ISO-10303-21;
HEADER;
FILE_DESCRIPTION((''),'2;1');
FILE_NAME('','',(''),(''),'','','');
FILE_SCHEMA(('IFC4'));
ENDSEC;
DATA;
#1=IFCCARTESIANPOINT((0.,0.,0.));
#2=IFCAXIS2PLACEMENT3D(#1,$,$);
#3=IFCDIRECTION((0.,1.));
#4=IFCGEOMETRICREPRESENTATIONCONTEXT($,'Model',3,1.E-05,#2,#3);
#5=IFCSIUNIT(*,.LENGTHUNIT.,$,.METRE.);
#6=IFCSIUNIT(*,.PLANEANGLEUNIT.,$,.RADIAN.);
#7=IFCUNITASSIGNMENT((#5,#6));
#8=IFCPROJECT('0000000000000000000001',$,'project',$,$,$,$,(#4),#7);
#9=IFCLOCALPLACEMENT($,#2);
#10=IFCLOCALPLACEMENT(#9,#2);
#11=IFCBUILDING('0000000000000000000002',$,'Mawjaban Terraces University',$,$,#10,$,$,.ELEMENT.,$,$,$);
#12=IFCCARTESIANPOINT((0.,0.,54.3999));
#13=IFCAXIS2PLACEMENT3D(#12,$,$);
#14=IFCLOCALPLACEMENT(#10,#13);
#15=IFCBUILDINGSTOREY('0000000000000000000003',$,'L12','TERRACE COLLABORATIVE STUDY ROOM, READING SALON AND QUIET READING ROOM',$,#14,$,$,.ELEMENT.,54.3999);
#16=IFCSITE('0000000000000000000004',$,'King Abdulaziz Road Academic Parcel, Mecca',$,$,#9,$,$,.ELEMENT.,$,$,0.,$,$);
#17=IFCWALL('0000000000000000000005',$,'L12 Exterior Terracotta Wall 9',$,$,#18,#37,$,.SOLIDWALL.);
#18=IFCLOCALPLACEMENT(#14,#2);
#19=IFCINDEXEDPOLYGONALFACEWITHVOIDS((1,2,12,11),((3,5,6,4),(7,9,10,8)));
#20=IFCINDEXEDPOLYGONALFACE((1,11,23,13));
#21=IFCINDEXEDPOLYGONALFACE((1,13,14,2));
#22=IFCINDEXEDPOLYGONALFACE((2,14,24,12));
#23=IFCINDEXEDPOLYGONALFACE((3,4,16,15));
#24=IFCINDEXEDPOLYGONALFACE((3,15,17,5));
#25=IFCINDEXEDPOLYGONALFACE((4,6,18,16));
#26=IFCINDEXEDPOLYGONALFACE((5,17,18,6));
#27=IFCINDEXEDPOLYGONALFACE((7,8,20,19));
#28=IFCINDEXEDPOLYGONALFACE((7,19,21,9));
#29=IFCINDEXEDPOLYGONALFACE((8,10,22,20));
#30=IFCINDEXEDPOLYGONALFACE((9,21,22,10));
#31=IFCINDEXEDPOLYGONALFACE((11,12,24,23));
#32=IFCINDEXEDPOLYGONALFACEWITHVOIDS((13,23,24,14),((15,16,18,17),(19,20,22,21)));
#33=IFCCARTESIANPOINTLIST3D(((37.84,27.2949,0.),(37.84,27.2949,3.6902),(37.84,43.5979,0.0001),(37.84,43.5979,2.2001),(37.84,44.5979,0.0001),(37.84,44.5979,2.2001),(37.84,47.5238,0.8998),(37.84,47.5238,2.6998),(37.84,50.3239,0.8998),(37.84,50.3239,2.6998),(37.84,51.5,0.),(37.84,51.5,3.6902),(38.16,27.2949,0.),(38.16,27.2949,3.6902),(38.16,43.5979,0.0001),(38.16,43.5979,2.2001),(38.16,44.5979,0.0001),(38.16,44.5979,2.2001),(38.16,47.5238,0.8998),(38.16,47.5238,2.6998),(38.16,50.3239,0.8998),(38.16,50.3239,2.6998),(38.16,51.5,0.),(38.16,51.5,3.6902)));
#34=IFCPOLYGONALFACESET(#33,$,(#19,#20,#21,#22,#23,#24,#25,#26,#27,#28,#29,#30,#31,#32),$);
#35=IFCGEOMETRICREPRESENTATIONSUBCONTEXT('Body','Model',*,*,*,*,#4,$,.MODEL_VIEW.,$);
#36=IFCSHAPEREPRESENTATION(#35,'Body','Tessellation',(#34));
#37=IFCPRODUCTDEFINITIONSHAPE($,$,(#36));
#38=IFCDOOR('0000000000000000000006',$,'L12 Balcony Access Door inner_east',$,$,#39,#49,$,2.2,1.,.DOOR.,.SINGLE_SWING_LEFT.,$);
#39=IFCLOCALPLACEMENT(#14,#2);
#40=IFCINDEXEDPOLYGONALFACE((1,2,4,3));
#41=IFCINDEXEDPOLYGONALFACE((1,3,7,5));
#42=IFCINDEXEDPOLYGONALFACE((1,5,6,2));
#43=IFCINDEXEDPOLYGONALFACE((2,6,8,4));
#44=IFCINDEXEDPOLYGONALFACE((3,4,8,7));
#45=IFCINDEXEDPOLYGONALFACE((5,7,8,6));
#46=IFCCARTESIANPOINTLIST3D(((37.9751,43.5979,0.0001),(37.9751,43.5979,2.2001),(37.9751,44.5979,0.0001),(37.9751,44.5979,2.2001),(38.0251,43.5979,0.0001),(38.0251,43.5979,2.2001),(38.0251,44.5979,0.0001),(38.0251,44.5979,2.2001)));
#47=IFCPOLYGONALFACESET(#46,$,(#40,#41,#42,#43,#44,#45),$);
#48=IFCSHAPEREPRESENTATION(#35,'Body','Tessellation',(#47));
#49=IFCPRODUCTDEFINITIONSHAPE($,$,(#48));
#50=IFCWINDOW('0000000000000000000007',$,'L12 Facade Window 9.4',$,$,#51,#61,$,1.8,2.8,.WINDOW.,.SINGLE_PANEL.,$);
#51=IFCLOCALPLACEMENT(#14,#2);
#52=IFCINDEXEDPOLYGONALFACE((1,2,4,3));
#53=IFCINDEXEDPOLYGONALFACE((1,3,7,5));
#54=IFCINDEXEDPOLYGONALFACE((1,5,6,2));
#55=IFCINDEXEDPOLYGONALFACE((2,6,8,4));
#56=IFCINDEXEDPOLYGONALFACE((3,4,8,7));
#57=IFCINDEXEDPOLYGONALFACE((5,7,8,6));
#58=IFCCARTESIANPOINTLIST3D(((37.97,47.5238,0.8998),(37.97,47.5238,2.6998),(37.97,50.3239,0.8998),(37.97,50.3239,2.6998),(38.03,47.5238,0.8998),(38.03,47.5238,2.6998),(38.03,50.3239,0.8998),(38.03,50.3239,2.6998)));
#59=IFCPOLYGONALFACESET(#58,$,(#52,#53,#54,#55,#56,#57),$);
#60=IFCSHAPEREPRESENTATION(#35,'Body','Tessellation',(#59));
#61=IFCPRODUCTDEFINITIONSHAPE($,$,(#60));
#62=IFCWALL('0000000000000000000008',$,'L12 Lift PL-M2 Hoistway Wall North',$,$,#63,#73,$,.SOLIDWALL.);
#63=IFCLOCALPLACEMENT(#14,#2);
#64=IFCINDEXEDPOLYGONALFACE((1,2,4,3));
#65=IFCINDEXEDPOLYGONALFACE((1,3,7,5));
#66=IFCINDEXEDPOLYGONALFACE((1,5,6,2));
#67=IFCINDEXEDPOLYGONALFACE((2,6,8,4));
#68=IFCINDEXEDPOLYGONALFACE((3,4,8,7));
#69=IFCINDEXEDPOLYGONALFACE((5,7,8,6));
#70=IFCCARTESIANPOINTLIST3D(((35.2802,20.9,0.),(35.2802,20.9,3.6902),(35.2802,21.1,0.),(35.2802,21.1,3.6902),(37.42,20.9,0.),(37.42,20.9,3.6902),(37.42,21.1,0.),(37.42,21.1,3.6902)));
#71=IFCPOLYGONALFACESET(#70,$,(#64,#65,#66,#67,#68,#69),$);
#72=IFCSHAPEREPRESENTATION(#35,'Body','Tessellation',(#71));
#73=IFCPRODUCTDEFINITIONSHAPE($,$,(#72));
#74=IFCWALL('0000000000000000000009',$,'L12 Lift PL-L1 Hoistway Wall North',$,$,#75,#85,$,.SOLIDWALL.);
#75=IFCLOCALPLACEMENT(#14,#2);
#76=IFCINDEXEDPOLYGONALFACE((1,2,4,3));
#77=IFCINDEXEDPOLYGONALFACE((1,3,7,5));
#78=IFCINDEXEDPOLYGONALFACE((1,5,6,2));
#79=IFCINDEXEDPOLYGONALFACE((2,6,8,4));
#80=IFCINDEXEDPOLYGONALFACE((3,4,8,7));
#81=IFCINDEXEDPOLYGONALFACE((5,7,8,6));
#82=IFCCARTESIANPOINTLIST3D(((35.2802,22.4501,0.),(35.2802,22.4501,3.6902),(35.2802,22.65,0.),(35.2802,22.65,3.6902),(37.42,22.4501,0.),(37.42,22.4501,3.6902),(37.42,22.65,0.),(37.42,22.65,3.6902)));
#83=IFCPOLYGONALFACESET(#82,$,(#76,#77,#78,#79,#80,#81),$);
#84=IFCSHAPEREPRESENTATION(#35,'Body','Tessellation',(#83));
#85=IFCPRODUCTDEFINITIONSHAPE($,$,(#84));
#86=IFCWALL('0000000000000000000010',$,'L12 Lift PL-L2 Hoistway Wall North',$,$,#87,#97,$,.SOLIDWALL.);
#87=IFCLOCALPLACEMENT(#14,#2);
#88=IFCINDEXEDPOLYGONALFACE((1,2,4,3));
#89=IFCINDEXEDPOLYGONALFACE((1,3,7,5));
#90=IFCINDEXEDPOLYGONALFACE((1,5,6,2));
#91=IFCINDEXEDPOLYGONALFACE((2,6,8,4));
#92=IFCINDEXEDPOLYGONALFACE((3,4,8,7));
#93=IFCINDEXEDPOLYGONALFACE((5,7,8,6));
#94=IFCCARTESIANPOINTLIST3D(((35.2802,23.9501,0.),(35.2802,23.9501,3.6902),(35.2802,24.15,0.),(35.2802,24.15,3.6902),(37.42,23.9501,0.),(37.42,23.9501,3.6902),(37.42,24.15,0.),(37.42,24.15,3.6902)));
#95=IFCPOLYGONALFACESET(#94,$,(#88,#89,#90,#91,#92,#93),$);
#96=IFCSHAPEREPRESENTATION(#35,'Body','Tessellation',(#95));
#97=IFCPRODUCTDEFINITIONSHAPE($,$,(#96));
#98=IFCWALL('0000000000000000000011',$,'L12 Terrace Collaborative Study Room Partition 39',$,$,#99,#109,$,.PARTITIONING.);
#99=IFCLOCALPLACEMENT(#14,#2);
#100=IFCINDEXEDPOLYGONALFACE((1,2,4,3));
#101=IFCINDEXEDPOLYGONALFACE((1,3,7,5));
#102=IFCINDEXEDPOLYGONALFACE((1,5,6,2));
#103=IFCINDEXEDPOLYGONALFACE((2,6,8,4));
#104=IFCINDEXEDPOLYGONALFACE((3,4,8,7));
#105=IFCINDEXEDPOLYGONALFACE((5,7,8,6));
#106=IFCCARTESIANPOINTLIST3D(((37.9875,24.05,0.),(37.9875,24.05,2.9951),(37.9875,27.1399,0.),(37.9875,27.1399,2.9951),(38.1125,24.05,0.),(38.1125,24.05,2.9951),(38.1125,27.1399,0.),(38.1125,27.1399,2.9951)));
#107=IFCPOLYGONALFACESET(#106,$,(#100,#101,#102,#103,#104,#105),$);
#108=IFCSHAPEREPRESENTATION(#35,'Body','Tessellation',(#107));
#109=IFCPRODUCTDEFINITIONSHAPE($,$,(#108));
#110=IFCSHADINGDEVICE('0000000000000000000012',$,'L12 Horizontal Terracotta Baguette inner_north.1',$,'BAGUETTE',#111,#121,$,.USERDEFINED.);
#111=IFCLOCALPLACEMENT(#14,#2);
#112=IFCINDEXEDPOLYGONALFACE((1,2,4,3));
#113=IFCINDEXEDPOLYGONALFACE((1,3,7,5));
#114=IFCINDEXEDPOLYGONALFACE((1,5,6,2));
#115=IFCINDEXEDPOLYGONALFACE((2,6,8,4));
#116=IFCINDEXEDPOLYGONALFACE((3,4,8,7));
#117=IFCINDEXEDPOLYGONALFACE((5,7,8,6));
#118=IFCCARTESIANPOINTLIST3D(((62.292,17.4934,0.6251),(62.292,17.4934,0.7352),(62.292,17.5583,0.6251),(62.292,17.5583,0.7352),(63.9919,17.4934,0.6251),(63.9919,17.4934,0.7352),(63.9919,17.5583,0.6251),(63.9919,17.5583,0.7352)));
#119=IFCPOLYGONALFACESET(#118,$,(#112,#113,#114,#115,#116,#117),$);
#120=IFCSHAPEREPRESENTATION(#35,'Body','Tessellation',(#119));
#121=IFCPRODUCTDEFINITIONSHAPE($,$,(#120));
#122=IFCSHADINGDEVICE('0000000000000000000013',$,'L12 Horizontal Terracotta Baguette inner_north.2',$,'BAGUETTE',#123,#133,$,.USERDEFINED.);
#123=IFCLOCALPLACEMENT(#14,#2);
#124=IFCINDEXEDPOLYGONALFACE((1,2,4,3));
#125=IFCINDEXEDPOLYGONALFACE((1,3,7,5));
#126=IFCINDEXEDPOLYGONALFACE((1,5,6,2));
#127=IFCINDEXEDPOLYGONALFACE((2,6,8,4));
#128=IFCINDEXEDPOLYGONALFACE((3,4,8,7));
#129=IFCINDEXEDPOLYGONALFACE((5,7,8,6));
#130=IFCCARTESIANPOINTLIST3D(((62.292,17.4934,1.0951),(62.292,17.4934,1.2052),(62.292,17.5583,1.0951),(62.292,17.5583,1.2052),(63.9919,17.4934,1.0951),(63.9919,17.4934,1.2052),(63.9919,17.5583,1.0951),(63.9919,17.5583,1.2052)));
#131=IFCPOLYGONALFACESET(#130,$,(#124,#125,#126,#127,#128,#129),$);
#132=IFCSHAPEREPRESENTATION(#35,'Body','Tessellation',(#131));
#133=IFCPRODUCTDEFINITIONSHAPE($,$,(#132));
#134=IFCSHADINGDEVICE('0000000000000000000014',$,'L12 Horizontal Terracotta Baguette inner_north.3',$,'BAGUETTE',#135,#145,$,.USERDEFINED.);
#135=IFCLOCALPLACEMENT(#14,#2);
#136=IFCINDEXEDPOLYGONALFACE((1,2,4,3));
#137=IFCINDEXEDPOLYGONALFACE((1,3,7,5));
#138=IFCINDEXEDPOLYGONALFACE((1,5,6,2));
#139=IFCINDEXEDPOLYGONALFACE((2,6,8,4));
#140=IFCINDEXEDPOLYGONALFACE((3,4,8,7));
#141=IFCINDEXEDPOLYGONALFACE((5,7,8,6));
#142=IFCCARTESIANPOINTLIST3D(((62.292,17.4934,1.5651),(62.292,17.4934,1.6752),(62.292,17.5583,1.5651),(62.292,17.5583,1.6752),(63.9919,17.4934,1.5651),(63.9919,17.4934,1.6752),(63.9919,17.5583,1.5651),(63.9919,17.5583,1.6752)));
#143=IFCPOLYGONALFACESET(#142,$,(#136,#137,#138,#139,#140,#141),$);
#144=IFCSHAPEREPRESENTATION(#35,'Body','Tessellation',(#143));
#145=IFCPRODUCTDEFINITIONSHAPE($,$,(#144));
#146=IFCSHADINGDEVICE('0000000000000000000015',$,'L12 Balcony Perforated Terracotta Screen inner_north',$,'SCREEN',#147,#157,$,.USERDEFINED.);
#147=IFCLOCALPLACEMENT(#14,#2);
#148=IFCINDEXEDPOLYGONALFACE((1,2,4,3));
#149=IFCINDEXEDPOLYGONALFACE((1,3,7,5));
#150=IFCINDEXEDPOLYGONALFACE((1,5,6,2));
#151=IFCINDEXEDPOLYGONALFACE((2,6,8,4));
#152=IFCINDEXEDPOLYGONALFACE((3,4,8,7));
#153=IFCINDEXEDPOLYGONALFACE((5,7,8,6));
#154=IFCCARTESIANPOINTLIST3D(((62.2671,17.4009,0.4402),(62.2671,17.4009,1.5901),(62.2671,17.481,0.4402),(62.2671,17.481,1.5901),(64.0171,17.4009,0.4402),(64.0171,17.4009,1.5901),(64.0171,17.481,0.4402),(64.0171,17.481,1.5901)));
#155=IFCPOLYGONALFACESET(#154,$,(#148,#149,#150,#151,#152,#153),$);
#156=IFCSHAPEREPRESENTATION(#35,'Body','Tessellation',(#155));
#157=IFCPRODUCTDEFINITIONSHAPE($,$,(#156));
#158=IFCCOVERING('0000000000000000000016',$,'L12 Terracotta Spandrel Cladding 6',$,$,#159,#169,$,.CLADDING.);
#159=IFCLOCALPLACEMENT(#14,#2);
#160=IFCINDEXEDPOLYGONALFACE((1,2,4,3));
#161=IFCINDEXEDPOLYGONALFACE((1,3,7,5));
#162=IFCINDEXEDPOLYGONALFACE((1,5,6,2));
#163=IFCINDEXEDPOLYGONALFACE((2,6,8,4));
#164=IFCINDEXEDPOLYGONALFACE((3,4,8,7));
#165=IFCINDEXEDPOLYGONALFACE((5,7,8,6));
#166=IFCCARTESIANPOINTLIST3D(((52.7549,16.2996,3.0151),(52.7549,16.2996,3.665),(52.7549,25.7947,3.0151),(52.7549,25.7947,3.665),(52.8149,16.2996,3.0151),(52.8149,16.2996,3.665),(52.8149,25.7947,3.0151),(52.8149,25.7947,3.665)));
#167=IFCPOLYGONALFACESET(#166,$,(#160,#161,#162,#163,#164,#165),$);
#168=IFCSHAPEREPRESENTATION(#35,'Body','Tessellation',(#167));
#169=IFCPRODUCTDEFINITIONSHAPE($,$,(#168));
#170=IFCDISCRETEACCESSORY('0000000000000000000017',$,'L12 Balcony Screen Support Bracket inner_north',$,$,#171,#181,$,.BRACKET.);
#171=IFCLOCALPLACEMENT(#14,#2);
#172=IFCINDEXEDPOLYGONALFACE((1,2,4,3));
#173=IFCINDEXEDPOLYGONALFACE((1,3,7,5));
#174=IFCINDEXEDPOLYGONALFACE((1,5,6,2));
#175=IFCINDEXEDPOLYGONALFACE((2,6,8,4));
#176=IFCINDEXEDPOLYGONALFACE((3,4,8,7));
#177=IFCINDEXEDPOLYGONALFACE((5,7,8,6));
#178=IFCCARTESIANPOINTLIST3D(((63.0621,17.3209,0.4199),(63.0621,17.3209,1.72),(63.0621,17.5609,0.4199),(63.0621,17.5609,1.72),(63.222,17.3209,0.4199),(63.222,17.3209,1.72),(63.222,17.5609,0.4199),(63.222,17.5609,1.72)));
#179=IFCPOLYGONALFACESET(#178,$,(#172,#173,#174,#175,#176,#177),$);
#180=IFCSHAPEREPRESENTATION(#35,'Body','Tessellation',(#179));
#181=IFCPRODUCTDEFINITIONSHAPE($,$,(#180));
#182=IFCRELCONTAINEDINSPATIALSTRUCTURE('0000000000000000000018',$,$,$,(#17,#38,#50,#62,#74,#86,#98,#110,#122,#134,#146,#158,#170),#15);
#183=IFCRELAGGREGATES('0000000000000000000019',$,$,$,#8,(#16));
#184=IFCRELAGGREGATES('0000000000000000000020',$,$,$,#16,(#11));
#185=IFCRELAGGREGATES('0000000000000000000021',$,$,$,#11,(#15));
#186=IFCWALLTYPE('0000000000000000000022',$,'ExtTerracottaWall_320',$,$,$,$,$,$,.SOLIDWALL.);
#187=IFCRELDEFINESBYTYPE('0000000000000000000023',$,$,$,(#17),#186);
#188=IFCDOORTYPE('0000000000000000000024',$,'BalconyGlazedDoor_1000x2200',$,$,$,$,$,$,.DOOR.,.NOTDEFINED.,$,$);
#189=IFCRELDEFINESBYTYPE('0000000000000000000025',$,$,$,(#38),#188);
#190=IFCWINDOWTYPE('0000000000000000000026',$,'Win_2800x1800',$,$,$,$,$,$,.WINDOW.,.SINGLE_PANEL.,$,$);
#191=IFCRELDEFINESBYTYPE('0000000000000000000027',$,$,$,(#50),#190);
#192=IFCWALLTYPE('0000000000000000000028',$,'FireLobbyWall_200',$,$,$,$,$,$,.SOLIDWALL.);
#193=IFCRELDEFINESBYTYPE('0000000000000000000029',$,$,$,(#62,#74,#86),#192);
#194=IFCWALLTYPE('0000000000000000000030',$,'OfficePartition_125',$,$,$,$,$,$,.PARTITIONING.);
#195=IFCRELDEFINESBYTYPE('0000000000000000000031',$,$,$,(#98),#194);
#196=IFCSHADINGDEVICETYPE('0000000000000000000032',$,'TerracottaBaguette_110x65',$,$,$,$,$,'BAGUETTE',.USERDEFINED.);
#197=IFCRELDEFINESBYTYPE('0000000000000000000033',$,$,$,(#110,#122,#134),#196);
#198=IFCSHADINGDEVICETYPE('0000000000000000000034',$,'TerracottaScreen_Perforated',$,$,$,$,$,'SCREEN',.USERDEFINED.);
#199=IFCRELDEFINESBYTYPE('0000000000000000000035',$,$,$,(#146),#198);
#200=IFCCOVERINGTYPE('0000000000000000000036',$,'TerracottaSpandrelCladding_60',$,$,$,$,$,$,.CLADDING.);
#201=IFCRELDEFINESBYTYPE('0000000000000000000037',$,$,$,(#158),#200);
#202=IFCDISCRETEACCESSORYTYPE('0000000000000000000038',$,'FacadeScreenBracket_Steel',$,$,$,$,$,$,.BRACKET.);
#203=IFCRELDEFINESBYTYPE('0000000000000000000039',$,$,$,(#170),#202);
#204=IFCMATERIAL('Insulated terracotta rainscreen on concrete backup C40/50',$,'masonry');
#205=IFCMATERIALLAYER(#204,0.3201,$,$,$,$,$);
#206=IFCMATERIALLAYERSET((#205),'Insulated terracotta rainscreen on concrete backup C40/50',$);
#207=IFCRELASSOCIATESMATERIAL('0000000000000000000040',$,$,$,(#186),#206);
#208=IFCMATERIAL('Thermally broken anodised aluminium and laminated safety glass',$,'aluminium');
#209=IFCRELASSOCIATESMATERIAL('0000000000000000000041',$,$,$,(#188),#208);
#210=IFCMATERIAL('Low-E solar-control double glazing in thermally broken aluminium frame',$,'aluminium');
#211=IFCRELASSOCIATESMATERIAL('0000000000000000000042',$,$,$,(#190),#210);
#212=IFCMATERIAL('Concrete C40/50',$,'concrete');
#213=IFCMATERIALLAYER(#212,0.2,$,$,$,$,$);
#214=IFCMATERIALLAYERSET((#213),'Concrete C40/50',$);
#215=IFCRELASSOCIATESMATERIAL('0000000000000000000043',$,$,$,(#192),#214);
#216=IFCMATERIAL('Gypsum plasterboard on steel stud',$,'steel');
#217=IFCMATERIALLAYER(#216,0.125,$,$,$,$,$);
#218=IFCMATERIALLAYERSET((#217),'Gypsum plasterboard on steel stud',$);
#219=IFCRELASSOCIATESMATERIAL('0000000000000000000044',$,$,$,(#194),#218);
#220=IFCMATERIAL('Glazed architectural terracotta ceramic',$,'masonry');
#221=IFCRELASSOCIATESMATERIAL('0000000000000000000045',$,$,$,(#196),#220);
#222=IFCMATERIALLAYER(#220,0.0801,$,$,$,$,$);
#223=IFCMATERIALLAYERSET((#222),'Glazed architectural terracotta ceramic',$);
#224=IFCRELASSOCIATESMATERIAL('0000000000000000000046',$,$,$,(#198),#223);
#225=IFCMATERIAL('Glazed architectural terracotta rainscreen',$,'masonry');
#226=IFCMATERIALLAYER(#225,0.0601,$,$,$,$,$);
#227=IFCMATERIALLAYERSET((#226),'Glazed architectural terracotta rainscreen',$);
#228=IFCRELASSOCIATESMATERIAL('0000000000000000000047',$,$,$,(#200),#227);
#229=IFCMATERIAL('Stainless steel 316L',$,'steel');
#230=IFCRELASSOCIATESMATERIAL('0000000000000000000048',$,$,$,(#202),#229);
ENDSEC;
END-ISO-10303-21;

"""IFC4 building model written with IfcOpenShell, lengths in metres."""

from ifc_helpers import new_model, si_unit, direction, frame, frame_2d, origin, origin_2d, place, context, subcontext, project, spatial, rectangle, extrude, material, layer, layer_set, material_profile, profile_set, type_object, element, fill, save


model = new_model("IFC4")

# Units and contexts
model_context = context("Model", 3, precision=1e-05, world=origin(), true_north=direction((0.0, 1.0)))
body_context = subcontext(model_context, "Body", "Model", "MODEL_VIEW")
ifc_project = project(units=[si_unit("LENGTHUNIT", "METRE"), si_unit("PLANEANGLEUNIT", "RADIAN")], contexts=[model_context])

# Site, building, storey
site_placement = place(None, origin())
site = spatial("IfcSite", under=ifc_project, at=site_placement, Name="King Abdulaziz Road Academic Parcel, Mecca", CompositionType="ELEMENT", RefElevation=0.0)
building_placement = place(site_placement, origin())
building = spatial("IfcBuilding", under=site, at=building_placement, Name="Mawjaban Terraces University", CompositionType="ELEMENT")
storey_placement = place(building_placement, frame((0.0, 0.0, 54.3999)))
storey = spatial("IfcBuildingStorey", under=building, at=storey_placement, Name="L12", Description="TERRACE COLLABORATIVE STUDY ROOM, READING SALON AND QUIET READING ROOM", CompositionType="ELEMENT", Elevation=54.3999)

# Shared definitions
ifc_material_1 = material(Name="Insulated terracotta rainscreen on concrete backup C40/50", Category="masonry")
ifc_layer_1 = layer(ifc_material_1, 0.3201)
ifc_layer_set_1 = layer_set([ifc_layer_1], Name="Insulated terracotta rainscreen on concrete backup C40/50")
wall_type_1 = type_object("IfcWallType", Name="ExtTerracottaWall_320", PredefinedType="SOLIDWALL", material=ifc_layer_set_1)

# Wall, openings, door, window
wall_1_placement = place(storey_placement, frame((38.0, 27.2949, 0.0), z_axis=(0.0, 0.0, 1.0), x_axis=(0.0, 1.0, 0.0)))
wall_1 = element("IfcWall", 1, at=wall_1_placement, inside=storey, type_object=wall_type_1, Name="L12 Exterior Terracotta Wall 9", PredefinedType="SOLIDWALL", context=body_context, shape_type="SweptSolid", body=[
    extrude(rectangle(XDim=24.2051, YDim=0.3201, at=frame_2d((12.1025, 0.0))), origin(), (0.0, 0.0, 1.0), 3.6902),
])
opening_1_placement = place(wall_1_placement, frame((16.303, 0.0, 0.0)))
opening_1 = element("IfcOpeningElement", 2, at=opening_1_placement, cuts=wall_1, PredefinedType="OPENING", context=body_context, shape_type="SweptSolid", body=[
    extrude(rectangle(XDim=1.0, YDim=2.2, at=frame_2d((0.5, 1.1001))), frame((0.0, 0.1699, 0.0), z_axis=(0.0, -1.0, 0.0), x_axis=(1.0, 0.0, 0.0)), (0.0, 0.0, 1.0), 0.3401),
])
opening_2_placement = place(wall_1_placement, frame((20.229, 0.0, 0.8999)))
opening_2 = element("IfcOpeningElement", 3, at=opening_2_placement, cuts=wall_1, PredefinedType="OPENING", context=body_context, shape_type="SweptSolid", body=[
    extrude(rectangle(XDim=2.8, YDim=1.8, at=frame_2d((1.3999, 0.8999))), frame((0.0, 0.1699, 0.0), z_axis=(0.0, -1.0, 0.0), x_axis=(1.0, 0.0, 0.0)), (0.0, 0.0, 1.0), 0.3401),
])
ifc_material_2 = material(Name="Thermally broken anodised aluminium and laminated safety glass", Category="aluminium")
door_type = type_object("IfcDoorType", Name="BalconyGlazedDoor_1000x2200", OperationType="NOTDEFINED", PredefinedType="DOOR", material=ifc_material_2)
door_placement = place(opening_1_placement, origin())
door = element("IfcDoor", 4, at=door_placement, inside=storey, type_object=door_type, Name="L12 Balcony Access Door inner_east", OperationType="SINGLE_SWING_LEFT", OverallHeight=2.2, OverallWidth=1.0, PredefinedType="DOOR", context=body_context, shape_type="SweptSolid", body=[
    extrude(rectangle(XDim=1.0, YDim=2.2, at=frame_2d((0.5, 1.1001))), frame((0.0, 0.0249, 0.0), z_axis=(0.0, -1.0, 0.0), x_axis=(1.0, 0.0, 0.0)), (0.0, 0.0, 1.0), 0.05),
])
fill(opening_1, door)
ifc_material_3 = material(Name="Low-E solar-control double glazing in thermally broken aluminium frame", Category="aluminium")
window_type = type_object("IfcWindowType", Name="Win_2800x1800", PartitioningType="SINGLE_PANEL", PredefinedType="WINDOW", material=ifc_material_3)
window_placement = place(opening_2_placement, origin())
window = element("IfcWindow", 5, at=window_placement, inside=storey, type_object=window_type, Name="L12 Facade Window 9.4", OverallHeight=1.8, OverallWidth=2.8, PartitioningType="SINGLE_PANEL", PredefinedType="WINDOW", context=body_context, shape_type="SweptSolid", body=[
    extrude(rectangle(XDim=2.8, YDim=1.8, at=frame_2d((1.3999, 0.8999))), frame((0.0, 0.03, 0.0), z_axis=(0.0, -1.0, 0.0), x_axis=(1.0, 0.0, 0.0)), (0.0, 0.0, 1.0), 0.0601),
])
fill(opening_2, window)

# Walls
ifc_material_4 = material(Name="Concrete C40/50", Category="concrete")
ifc_layer_2 = layer(ifc_material_4, 0.2)
ifc_layer_set_2 = layer_set([ifc_layer_2], Name="Concrete C40/50")
wall_type_2 = type_object("IfcWallType", Name="FireLobbyWall_200", PredefinedType="SOLIDWALL", material=ifc_layer_set_2)
for number, where, z_axis, x_axis, name in (
    (6, (37.4199, 21.0, 0.0), (0.0, 0.0, 1.0), (-1.0, 0.0, 0.0), "L12 Lift PL-M2 Hoistway Wall North"),
    (7, (37.4199, 22.55, 0.0), (0.0, 0.0, 1.0), (-1.0, 0.0, 0.0), "L12 Lift PL-L1 Hoistway Wall North"),
    (8, (37.4199, 24.05, 0.0), (0.0, 0.0, 1.0), (-1.0, 0.0, 0.0), "L12 Lift PL-L2 Hoistway Wall North"),
):
    element("IfcWall", number, at=place(storey_placement, frame(where, z_axis=z_axis, x_axis=x_axis)), inside=storey, type_object=wall_type_2, Name=name, PredefinedType="SOLIDWALL", context=body_context, shape_type="SweptSolid", body=[
        extrude(rectangle(XDim=2.1399, YDim=0.2, at=frame_2d((1.0698, 0.0))), origin(), (0.0, 0.0, 1.0), 3.6902),
    ])
ifc_material_5 = material(Name="Gypsum plasterboard on steel stud", Category="steel")
ifc_layer_3 = layer(ifc_material_5, 0.125)
ifc_layer_set_3 = layer_set([ifc_layer_3], Name="Gypsum plasterboard on steel stud")
wall_type_3 = type_object("IfcWallType", Name="OfficePartition_125", PredefinedType="PARTITIONING", material=ifc_layer_set_3)
wall_2_placement = place(storey_placement, frame((38.05, 27.1399, 0.0), z_axis=(0.0, 0.0, 1.0), x_axis=(0.0, -1.0, 0.0)))
element("IfcWall", 9, at=wall_2_placement, inside=storey, type_object=wall_type_3, Name="L12 Terrace Collaborative Study Room Partition 39", PredefinedType="PARTITIONING", context=body_context, shape_type="SweptSolid", body=[
    extrude(rectangle(XDim=3.0898, YDim=0.125, at=frame_2d((1.5449, 0.0))), origin(), (0.0, 0.0, 1.0), 2.9951),
])

# Shading devices
ifc_material_6 = material(Name="Glazed architectural terracotta ceramic", Category="masonry")
ifc_material_profile_1 = material_profile(ifc_material_6, rectangle(XDim=0.0649, YDim=0.1101, at=origin_2d()), Name="TBAG110X65")
ifc_profile_set_1 = profile_set([ifc_material_profile_1], Name="Glazed architectural terracotta ceramic")
shading_device_type_1 = type_object("IfcShadingDeviceType", Name="TerracottaBaguette_110x65", ElementType="BAGUETTE", PredefinedType="USERDEFINED", material=ifc_profile_set_1)
for number, where, z_axis, x_axis, name in (
    (10, (62.292, 17.5259, 0.6802), (1.0, 0.0, 0.0), (0.0, 1.0, 0.0), "L12 Horizontal Terracotta Baguette inner_north.1"),
    (11, (62.292, 17.5259, 1.1501), (1.0, 0.0, 0.0), (0.0, 1.0, 0.0), "L12 Horizontal Terracotta Baguette inner_north.2"),
    (12, (62.292, 17.5259, 1.6201), (1.0, 0.0, 0.0), (0.0, 1.0, 0.0), "L12 Horizontal Terracotta Baguette inner_north.3"),
):
    element("IfcShadingDevice", number, at=place(storey_placement, frame(where, z_axis=z_axis, x_axis=x_axis)), inside=storey, type_object=shading_device_type_1, Name=name, ObjectType="BAGUETTE", PredefinedType="USERDEFINED", context=body_context, shape_type="SweptSolid", body=[
        extrude(rectangle(XDim=0.0649, YDim=0.1101, at=origin_2d()), origin(), (0.0, 0.0, 1.0), 1.7),
    ])
ifc_layer_4 = layer(ifc_material_6, 0.0801)
ifc_layer_set_4 = layer_set([ifc_layer_4], Name="Glazed architectural terracotta ceramic")
shading_device_type_2 = type_object("IfcShadingDeviceType", Name="TerracottaScreen_Perforated", ElementType="SCREEN", PredefinedType="USERDEFINED", material=ifc_layer_set_4)
shading_device_placement = place(storey_placement, frame((63.1421, 17.4409, 0.4402), z_axis=(0.0, 0.0, 1.0), x_axis=(1.0, 0.0, 0.0)))
element("IfcShadingDevice", 13, at=shading_device_placement, inside=storey, type_object=shading_device_type_2, Name="L12 Balcony Perforated Terracotta Screen inner_north", ObjectType="SCREEN", PredefinedType="USERDEFINED", context=body_context, shape_type="SweptSolid", body=[
    extrude(rectangle(XDim=1.75, YDim=0.0801, at=origin_2d()), origin(), (0.0, 0.0, 1.0), 1.1499),
])

# Covering
ifc_material_7 = material(Name="Glazed architectural terracotta rainscreen", Category="masonry")
ifc_layer_5 = layer(ifc_material_7, 0.0601)
ifc_layer_set_5 = layer_set([ifc_layer_5], Name="Glazed architectural terracotta rainscreen")
covering_type = type_object("IfcCoveringType", Name="TerracottaSpandrelCladding_60", PredefinedType="CLADDING", material=ifc_layer_set_5)
covering_placement = place(storey_placement, frame((52.7849, 21.0471, 3.0151), z_axis=(0.0, 0.0, 1.0), x_axis=(0.0, 1.0, 0.0)))
element("IfcCovering", 14, at=covering_placement, inside=storey, type_object=covering_type, Name="L12 Terracotta Spandrel Cladding 6", PredefinedType="CLADDING", context=body_context, shape_type="SweptSolid", body=[
    extrude(rectangle(XDim=9.4951, YDim=0.0601, at=origin_2d()), origin(), (0.0, 0.0, 1.0), 0.6499),
])

# Discrete accessory
ifc_material_8 = material(Name="Stainless steel 316L", Category="steel")
discrete_accessory_type = type_object("IfcDiscreteAccessoryType", Name="FacadeScreenBracket_Steel", PredefinedType="BRACKET", material=ifc_material_8)
discrete_accessory_placement = place(storey_placement, frame((63.1421, 17.4409, 0.4199), z_axis=(0.0, 0.0, 1.0), x_axis=(1.0, 0.0, 0.0)))
element("IfcDiscreteAccessory", 15, at=discrete_accessory_placement, inside=storey, type_object=discrete_accessory_type, Name="L12 Balcony Screen Support Bracket inner_north", PredefinedType="BRACKET", context=body_context, shape_type="SweptSolid", body=[
    extrude(rectangle(XDim=0.1599, YDim=0.24, at=origin_2d()), origin(), (0.0, 0.0, 1.0), 1.3),
])

save(model, "model.ifc")
